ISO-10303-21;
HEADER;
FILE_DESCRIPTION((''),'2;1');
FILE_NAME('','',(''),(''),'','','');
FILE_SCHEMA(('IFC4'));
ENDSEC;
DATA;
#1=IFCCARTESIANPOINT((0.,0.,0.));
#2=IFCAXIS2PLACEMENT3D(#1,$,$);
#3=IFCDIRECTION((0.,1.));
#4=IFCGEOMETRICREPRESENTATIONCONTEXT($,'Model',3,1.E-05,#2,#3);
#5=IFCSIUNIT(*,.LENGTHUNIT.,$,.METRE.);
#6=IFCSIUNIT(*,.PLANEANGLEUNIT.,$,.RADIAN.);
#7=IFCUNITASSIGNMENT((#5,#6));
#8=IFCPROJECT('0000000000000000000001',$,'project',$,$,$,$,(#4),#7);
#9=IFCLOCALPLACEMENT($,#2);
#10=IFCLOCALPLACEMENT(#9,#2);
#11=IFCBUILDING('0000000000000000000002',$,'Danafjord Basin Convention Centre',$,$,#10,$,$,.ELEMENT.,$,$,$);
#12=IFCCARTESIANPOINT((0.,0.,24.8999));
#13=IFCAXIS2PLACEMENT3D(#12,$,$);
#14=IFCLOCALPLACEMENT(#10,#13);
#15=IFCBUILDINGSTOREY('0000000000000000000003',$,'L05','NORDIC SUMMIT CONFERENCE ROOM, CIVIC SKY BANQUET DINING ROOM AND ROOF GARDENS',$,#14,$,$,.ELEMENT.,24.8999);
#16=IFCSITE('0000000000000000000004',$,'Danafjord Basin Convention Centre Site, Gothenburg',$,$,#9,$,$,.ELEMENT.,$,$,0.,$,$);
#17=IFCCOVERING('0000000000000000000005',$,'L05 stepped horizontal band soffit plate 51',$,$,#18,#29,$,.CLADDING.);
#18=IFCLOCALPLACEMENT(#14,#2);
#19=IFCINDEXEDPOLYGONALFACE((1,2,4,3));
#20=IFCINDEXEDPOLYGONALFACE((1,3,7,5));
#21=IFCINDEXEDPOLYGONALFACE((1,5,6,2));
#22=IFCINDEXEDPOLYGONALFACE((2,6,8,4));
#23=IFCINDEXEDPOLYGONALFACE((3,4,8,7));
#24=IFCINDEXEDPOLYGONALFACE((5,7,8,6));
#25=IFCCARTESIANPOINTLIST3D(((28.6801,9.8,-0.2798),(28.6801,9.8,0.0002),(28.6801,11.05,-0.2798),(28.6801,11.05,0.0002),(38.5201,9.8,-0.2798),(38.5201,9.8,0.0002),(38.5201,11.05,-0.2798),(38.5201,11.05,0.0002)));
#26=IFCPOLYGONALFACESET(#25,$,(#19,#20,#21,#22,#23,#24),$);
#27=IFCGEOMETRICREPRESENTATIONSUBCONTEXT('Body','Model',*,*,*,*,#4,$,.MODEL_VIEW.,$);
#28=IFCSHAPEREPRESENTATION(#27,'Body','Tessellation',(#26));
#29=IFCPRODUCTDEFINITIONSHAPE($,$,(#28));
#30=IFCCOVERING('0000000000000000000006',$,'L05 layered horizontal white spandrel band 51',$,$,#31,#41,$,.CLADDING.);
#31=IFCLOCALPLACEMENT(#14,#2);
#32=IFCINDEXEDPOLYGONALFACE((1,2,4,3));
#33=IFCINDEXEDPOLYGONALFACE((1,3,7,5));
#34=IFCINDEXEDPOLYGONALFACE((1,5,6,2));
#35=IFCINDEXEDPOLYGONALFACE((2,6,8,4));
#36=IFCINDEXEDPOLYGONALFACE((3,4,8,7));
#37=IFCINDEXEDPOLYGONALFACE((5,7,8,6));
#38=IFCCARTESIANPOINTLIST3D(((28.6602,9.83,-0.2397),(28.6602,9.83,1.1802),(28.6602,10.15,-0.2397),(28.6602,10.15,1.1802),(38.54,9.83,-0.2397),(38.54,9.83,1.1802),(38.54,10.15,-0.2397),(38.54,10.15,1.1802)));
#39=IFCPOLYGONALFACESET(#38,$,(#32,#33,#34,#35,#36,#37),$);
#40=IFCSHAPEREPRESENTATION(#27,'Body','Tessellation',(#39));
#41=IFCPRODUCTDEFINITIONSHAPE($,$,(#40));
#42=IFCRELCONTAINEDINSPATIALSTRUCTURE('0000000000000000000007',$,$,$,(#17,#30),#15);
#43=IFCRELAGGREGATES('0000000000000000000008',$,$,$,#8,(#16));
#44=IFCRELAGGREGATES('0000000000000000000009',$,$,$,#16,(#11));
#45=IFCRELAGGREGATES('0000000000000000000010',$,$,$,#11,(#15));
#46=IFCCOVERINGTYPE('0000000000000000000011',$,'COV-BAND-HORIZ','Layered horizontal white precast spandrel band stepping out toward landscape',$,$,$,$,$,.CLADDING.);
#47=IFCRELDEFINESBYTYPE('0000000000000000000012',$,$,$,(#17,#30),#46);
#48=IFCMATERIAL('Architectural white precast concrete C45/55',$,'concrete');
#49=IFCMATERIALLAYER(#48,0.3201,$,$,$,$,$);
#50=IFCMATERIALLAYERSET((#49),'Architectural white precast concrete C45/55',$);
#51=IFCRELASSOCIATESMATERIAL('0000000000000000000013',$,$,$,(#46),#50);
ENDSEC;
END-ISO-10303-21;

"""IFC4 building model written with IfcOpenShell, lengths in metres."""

from ifc_helpers import new_model, si_unit, direction, frame, origin, origin_2d, place, context, subcontext, project, spatial, rectangle, extrude, material, layer, layer_set, type_object, element, save


model = new_model("IFC4")

# Units and contexts
model_context = context("Model", 3, precision=1e-05, world=origin(), true_north=direction((0.0, 1.0)))
body_context = subcontext(model_context, "Body", "Model", "MODEL_VIEW")
ifc_project = project(units=[si_unit("LENGTHUNIT", "METRE"), si_unit("PLANEANGLEUNIT", "RADIAN")], contexts=[model_context])

# Site, building, storey
site_placement = place(None, origin())
site = spatial("IfcSite", under=ifc_project, at=site_placement, Name="Danafjord Basin Convention Centre Site, Gothenburg", CompositionType="ELEMENT", RefElevation=0.0)
building_placement = place(site_placement, origin())
building = spatial("IfcBuilding", under=site, at=building_placement, Name="Danafjord Basin Convention Centre", CompositionType="ELEMENT")
storey_placement = place(building_placement, frame((0.0, 0.0, 24.8999)))
storey = spatial("IfcBuildingStorey", under=building, at=storey_placement, Name="L05", Description="NORDIC SUMMIT CONFERENCE ROOM, CIVIC SKY BANQUET DINING ROOM AND ROOF GARDENS", CompositionType="ELEMENT", Elevation=24.8999)

# Coverings
ifc_material_1 = material(Name="Architectural white precast concrete C45/55", Category="concrete")
ifc_layer_1 = layer(ifc_material_1, 0.3201)
ifc_layer_set_1 = layer_set([ifc_layer_1], Name="Architectural white precast concrete C45/55")
covering_type = type_object("IfcCoveringType", Name="COV-BAND-HORIZ", Description="Layered horizontal white precast spandrel band stepping out toward landscape", PredefinedType="CLADDING", material=ifc_layer_set_1)
covering_1_placement = place(storey_placement, frame((33.6001, 10.425, -0.2798), z_axis=(0.0, 0.0, 1.0), x_axis=(1.0, 0.0, 0.0)))
element("IfcCovering", 1, at=covering_1_placement, inside=storey, type_object=covering_type, Name="L05 stepped horizontal band soffit plate 51", PredefinedType="CLADDING", context=body_context, shape_type="SweptSolid", body=[
    extrude(rectangle(XDim=9.8401, YDim=1.25, at=origin_2d()), origin(), (0.0, 0.0, 1.0), 0.28),
])
covering_2_placement = place(storey_placement, frame((33.6001, 9.99, -0.2397), z_axis=(0.0, 0.0, 1.0), x_axis=(1.0, 0.0, 0.0)))
element("IfcCovering", 2, at=covering_2_placement, inside=storey, type_object=covering_type, Name="L05 layered horizontal white spandrel band 51", PredefinedType="CLADDING", context=body_context, shape_type="SweptSolid", body=[
    extrude(rectangle(XDim=9.8799, YDim=0.3201, at=origin_2d()), origin(), (0.0, 0.0, 1.0), 1.4199),
])

save(model, "model.ifc")
